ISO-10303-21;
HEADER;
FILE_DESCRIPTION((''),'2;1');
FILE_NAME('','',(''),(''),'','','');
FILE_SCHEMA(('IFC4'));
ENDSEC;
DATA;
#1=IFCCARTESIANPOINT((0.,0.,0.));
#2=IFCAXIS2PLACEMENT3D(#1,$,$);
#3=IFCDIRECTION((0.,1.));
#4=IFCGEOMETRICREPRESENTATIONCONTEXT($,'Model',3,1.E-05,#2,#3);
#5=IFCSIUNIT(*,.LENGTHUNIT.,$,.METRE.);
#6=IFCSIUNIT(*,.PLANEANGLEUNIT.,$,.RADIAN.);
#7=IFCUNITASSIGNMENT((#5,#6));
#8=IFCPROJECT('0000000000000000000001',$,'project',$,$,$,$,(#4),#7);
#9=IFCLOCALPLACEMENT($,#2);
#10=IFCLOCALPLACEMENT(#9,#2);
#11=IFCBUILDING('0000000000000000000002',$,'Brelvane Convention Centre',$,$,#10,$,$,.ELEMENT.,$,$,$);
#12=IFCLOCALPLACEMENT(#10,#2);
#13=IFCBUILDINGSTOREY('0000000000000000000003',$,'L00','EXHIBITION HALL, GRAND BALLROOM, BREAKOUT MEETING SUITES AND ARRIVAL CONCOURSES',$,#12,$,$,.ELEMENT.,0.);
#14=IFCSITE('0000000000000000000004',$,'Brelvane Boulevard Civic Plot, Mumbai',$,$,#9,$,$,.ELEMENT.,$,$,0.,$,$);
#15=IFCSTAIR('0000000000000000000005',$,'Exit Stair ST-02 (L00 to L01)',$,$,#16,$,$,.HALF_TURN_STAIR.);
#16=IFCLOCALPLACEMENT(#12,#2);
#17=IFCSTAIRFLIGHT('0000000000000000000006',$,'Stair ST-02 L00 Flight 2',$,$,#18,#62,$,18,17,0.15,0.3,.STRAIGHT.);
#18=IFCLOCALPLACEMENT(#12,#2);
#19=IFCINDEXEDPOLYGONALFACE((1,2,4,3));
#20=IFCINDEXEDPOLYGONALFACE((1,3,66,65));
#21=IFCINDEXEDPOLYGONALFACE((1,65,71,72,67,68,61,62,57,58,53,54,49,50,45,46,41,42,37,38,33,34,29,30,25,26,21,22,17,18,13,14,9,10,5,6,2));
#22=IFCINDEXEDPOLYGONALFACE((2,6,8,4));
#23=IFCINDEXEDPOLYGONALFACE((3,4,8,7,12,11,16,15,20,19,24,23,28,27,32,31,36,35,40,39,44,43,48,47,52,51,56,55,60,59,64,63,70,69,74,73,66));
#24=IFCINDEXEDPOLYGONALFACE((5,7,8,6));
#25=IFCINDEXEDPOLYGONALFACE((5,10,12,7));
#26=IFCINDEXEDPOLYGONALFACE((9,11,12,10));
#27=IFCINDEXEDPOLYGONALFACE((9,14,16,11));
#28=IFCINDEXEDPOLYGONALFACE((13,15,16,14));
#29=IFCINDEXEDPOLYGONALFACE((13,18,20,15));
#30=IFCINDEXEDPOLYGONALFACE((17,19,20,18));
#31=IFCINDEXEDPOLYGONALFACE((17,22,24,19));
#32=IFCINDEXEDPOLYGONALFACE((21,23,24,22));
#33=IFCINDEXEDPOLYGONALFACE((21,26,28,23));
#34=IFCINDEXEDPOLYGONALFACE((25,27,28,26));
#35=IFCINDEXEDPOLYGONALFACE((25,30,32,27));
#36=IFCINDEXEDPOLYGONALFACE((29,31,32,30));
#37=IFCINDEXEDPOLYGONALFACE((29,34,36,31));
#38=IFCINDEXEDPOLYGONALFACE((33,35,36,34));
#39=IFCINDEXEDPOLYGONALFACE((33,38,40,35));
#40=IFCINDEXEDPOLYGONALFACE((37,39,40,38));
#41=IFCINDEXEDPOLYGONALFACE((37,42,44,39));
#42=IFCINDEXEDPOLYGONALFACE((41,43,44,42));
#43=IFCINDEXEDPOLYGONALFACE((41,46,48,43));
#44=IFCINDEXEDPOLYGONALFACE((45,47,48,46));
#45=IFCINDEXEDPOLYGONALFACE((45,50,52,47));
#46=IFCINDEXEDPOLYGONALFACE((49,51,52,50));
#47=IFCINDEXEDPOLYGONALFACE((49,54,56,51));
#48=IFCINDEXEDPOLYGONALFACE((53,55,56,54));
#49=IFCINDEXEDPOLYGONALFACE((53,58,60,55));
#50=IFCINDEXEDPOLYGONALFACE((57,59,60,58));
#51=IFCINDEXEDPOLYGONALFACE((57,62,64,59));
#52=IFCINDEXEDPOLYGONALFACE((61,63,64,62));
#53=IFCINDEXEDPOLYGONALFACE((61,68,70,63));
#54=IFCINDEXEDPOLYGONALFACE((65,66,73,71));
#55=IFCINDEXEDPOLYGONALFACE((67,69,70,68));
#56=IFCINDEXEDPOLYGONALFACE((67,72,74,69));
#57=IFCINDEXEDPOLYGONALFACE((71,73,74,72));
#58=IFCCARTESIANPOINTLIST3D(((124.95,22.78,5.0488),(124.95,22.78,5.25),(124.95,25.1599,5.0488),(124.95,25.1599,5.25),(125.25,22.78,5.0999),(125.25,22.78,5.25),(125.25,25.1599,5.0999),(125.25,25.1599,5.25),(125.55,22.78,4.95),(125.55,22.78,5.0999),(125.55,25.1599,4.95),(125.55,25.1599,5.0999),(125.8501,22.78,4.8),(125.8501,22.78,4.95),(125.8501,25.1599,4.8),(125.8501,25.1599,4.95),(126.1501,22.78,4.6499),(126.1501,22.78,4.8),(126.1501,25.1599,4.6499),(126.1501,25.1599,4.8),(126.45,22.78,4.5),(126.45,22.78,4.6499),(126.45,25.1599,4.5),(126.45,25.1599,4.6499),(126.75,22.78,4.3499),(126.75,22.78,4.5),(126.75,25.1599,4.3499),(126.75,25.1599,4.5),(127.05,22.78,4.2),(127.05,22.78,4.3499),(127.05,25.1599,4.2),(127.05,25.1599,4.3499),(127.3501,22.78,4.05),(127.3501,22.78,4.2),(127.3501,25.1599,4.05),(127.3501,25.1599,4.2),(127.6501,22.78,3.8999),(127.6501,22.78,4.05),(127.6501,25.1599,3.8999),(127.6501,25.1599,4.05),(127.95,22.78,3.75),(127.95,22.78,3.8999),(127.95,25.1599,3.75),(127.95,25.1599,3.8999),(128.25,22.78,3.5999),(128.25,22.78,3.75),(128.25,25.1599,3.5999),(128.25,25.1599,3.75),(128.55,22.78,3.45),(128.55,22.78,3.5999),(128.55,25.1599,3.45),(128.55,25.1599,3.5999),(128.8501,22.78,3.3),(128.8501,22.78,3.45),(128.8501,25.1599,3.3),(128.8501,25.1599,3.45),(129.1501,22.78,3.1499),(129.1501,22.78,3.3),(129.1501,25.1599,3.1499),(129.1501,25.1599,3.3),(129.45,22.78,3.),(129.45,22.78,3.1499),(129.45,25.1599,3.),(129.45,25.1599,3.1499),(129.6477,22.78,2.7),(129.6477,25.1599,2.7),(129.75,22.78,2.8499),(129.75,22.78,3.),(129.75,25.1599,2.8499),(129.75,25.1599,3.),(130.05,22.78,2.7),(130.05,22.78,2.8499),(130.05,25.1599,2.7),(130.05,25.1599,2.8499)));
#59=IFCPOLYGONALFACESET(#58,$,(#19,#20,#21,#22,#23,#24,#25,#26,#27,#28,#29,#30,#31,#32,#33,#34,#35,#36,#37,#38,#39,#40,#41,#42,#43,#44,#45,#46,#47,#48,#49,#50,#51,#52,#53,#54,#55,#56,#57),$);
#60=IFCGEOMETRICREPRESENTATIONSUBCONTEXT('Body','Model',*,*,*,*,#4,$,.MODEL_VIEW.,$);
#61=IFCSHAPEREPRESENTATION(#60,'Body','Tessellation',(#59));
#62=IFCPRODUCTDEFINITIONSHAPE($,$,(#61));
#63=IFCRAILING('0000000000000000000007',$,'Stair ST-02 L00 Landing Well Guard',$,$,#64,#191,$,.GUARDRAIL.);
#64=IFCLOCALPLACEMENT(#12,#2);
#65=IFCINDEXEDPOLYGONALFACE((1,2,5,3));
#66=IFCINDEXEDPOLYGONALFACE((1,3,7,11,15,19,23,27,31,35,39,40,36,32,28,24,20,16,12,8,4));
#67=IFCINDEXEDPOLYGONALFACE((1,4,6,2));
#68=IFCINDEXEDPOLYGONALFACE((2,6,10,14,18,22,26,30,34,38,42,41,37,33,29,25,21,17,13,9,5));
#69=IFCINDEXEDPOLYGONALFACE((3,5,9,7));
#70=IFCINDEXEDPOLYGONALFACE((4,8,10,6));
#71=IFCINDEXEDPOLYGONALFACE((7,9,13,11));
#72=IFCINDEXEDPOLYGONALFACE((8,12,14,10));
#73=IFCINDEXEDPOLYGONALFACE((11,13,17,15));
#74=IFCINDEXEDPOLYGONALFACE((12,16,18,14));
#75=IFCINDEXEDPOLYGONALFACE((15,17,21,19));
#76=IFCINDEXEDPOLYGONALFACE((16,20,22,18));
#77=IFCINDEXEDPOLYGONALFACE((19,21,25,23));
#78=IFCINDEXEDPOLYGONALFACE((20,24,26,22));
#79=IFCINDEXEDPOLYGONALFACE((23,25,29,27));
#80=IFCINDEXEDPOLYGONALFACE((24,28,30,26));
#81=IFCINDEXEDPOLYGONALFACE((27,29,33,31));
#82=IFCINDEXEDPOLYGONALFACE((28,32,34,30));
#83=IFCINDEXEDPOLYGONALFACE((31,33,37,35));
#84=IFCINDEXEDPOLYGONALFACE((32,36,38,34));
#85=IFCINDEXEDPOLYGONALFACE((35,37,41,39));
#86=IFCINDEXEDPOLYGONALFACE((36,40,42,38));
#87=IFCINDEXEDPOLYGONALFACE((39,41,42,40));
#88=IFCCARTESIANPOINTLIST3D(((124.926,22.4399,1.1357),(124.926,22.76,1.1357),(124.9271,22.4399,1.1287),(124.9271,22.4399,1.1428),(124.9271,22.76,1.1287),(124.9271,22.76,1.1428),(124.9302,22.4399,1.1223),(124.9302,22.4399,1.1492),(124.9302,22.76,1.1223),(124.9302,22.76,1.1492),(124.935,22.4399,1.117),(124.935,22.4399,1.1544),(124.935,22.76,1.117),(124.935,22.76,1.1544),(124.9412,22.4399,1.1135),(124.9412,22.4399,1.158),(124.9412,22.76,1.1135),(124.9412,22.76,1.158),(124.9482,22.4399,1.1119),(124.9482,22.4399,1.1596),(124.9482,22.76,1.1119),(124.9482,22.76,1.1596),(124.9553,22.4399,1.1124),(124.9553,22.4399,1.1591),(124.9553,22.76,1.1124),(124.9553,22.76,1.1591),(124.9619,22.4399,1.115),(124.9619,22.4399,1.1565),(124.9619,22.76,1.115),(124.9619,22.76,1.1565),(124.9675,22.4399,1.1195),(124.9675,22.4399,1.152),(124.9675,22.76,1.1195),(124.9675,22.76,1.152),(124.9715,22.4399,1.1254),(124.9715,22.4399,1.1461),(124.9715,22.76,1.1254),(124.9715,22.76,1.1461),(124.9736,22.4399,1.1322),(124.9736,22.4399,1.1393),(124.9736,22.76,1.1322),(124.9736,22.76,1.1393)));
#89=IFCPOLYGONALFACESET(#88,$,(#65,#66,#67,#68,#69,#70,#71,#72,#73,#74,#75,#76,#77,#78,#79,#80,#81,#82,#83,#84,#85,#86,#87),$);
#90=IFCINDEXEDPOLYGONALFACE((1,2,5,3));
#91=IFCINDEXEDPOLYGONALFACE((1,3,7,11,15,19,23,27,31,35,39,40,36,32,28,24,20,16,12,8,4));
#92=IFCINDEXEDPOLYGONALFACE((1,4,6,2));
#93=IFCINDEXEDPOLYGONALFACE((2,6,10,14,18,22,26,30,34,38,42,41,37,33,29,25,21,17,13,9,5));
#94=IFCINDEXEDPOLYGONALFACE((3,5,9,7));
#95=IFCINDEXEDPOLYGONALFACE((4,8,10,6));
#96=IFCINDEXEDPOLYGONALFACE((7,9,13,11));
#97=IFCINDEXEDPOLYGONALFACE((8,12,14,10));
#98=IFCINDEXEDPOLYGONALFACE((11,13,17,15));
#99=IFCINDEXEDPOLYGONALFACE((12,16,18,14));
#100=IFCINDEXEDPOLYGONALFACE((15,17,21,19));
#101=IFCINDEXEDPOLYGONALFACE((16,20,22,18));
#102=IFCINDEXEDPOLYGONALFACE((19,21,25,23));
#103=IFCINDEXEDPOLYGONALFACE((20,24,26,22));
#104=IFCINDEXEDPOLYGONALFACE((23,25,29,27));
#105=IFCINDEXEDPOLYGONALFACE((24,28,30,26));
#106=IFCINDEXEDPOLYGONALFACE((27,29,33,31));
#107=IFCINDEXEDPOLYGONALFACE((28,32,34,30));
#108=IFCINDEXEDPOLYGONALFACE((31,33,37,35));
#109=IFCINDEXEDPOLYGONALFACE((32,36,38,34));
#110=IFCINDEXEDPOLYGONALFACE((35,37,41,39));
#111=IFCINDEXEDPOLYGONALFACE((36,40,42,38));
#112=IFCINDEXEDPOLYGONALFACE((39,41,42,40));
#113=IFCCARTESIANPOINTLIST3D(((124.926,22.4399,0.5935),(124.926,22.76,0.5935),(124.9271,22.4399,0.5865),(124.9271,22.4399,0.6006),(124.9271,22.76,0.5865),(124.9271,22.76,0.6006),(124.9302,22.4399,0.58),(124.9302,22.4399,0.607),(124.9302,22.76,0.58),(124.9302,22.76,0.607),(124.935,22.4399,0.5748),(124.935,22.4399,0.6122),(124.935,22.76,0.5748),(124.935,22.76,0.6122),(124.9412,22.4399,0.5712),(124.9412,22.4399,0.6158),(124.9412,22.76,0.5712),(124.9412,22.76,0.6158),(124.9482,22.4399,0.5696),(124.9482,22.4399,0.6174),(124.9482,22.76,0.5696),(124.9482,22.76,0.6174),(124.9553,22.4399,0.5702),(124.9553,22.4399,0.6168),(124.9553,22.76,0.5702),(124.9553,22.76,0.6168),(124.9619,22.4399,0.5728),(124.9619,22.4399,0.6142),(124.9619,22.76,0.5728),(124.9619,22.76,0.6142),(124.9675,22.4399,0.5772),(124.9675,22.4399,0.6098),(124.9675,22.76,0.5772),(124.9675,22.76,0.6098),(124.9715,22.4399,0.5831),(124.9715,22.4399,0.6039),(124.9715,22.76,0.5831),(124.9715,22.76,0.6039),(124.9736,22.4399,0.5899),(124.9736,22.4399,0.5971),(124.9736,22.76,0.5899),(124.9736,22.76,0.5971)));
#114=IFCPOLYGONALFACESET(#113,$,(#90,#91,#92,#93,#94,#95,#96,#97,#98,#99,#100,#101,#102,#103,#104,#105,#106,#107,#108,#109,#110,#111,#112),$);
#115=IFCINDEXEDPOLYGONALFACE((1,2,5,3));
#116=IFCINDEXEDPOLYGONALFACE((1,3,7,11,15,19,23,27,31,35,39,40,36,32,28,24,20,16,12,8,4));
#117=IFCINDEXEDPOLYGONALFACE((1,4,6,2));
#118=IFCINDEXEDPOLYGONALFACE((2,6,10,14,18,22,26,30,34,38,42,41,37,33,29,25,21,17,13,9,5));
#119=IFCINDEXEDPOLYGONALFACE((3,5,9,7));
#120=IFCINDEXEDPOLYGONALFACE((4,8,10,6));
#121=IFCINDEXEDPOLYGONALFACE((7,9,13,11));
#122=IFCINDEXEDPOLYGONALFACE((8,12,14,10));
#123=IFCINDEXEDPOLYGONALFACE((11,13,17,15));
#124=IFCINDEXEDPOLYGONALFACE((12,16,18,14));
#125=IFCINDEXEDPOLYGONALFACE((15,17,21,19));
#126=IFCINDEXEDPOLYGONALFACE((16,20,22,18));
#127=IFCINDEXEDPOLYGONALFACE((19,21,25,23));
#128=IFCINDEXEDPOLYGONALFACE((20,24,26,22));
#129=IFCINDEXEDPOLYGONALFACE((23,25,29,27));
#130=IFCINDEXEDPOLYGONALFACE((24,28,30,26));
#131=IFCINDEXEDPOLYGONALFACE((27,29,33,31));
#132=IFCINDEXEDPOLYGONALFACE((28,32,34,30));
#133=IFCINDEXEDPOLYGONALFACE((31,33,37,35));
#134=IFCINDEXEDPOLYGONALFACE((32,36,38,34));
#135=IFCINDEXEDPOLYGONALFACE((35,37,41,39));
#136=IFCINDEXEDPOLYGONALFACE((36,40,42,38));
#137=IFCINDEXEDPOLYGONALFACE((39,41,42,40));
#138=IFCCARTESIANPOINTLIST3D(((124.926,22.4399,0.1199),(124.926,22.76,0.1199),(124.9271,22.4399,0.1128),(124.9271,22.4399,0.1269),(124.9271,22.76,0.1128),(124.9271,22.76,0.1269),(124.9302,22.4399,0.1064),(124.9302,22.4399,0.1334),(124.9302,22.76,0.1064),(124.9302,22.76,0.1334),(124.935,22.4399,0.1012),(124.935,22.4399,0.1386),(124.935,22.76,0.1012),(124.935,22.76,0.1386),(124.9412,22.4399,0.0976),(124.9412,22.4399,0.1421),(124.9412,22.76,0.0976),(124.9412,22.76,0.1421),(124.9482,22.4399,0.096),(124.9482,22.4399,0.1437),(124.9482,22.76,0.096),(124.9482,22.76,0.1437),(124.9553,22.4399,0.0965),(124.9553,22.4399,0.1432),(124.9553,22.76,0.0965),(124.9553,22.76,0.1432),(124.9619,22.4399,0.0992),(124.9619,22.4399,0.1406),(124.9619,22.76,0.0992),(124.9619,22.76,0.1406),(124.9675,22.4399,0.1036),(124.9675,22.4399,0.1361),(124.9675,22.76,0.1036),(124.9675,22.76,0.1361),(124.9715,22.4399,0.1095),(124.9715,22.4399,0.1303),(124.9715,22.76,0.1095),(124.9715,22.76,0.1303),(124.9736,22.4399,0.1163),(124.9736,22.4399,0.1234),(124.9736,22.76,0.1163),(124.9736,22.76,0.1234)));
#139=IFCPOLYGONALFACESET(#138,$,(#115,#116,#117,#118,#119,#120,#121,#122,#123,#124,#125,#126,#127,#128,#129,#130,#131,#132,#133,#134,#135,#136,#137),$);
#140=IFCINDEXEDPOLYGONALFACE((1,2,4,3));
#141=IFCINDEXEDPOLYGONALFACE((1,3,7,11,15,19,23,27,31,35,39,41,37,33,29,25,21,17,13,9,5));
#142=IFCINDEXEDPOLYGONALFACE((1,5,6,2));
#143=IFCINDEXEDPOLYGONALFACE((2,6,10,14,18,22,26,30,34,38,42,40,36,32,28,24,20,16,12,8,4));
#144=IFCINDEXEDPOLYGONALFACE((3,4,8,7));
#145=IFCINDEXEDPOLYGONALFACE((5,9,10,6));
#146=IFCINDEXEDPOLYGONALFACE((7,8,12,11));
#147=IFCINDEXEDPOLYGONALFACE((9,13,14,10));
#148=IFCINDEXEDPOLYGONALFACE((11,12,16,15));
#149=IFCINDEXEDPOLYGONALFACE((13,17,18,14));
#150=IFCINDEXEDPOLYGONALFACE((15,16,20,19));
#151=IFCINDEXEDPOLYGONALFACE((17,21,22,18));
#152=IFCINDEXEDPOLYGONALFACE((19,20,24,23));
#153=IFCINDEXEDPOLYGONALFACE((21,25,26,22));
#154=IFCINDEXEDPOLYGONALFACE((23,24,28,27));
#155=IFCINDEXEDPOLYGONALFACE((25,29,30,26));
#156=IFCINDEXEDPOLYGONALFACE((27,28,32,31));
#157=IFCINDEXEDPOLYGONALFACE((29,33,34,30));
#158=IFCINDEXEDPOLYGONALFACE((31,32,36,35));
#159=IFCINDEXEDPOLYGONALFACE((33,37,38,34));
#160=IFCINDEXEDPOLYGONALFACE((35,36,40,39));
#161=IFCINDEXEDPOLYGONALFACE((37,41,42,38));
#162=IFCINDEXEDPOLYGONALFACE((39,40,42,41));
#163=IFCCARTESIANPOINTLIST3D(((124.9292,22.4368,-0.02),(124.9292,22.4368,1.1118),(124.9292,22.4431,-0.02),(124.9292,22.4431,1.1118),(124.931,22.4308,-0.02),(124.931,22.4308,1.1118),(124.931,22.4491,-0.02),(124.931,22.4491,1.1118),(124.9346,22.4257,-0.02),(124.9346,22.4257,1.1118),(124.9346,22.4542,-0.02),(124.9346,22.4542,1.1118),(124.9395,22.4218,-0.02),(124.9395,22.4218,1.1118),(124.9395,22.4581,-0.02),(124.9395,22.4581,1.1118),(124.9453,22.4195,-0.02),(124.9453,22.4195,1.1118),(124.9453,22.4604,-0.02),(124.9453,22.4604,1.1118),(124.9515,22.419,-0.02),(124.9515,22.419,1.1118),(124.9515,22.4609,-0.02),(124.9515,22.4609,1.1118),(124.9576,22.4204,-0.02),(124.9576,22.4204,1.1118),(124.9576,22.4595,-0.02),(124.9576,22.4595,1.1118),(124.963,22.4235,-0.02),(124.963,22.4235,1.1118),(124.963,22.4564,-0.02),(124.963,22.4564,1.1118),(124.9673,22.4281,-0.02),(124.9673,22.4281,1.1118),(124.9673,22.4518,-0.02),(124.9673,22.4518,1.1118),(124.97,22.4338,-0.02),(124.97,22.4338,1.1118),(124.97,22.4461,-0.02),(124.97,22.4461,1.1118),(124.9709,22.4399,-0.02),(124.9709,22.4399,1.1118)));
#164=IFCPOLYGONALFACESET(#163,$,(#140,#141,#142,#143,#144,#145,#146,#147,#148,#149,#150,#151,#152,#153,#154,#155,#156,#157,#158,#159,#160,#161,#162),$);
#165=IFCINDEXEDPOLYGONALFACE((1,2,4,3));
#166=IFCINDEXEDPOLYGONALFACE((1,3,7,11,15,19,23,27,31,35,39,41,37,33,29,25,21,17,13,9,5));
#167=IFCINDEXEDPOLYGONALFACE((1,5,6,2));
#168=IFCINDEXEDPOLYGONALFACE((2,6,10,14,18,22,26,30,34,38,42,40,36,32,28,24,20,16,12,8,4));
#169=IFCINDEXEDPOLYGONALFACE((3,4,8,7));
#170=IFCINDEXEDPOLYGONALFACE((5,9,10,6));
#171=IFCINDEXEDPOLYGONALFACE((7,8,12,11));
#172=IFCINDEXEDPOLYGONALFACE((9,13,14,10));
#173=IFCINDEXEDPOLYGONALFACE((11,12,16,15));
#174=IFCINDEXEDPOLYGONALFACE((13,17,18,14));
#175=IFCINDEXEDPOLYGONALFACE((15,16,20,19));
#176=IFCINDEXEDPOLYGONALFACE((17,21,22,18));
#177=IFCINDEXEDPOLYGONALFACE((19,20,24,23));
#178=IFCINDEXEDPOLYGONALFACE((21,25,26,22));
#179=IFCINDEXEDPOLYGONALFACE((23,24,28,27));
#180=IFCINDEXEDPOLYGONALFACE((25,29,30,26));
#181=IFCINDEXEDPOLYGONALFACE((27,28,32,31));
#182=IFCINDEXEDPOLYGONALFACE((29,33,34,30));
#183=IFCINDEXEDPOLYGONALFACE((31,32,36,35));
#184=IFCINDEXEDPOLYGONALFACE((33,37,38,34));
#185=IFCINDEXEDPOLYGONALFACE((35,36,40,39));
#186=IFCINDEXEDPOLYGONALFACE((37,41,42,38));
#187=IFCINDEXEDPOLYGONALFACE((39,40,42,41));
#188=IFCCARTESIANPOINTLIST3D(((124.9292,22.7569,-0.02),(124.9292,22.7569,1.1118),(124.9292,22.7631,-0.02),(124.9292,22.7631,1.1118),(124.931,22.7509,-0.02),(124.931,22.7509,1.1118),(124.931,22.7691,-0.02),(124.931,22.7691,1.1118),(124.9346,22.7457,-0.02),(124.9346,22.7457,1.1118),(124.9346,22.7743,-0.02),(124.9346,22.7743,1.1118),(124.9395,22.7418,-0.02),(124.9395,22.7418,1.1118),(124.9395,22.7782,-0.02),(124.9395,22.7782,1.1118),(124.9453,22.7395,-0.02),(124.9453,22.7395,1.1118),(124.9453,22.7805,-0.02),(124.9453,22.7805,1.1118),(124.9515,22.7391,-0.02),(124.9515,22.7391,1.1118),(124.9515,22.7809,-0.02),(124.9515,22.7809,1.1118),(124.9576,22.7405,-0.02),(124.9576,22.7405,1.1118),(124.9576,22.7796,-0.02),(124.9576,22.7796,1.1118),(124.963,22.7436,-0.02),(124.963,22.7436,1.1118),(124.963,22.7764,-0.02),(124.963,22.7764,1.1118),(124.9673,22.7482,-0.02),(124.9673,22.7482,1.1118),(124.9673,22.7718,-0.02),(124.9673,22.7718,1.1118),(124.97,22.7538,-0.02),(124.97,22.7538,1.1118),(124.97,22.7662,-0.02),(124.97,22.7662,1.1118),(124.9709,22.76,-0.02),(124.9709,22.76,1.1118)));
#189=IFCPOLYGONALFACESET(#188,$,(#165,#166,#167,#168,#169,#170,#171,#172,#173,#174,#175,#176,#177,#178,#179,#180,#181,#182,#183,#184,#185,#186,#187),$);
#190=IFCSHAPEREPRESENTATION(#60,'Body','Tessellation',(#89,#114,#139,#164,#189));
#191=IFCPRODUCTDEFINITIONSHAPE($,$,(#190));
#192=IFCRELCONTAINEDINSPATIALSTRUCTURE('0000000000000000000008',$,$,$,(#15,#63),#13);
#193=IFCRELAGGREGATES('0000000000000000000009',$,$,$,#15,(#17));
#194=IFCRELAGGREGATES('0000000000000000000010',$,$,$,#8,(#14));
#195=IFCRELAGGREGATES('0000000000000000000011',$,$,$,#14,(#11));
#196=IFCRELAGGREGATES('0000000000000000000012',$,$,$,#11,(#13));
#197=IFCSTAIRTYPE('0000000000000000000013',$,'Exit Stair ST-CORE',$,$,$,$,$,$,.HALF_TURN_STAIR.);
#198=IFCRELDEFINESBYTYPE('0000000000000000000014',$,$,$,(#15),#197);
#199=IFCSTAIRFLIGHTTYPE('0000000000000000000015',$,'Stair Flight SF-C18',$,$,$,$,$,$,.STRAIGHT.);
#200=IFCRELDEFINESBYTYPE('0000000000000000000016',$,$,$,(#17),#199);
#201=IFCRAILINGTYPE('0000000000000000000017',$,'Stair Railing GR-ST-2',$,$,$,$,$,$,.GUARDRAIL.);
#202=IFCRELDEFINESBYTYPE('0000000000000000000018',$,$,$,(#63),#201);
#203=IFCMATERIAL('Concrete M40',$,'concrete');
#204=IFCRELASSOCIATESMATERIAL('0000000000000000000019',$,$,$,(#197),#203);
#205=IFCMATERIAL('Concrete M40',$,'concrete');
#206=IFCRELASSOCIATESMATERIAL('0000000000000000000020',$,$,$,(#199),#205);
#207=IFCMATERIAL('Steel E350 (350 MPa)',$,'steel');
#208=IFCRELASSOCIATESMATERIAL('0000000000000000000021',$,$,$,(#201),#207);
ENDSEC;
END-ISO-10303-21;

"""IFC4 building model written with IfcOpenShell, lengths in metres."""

from ifc_helpers import new_model, si_unit, direction, frame, origin, origin_2d, place, context, subcontext, project, spatial, polyline, circle, outline, extrude, material, type_object, element, aggregate, save


model = new_model("IFC4")

# Units and contexts
model_context = context("Model", 3, precision=1e-05, world=origin(), true_north=direction((0.0, 1.0)))
body_context = subcontext(model_context, "Body", "Model", "MODEL_VIEW")
ifc_project = project(units=[si_unit("LENGTHUNIT", "METRE"), si_unit("PLANEANGLEUNIT", "RADIAN")], contexts=[model_context])

# Site, building, storey
site_placement = place(None, origin())
site = spatial("IfcSite", under=ifc_project, at=site_placement, Name="Brelvane Boulevard Civic Plot, Mumbai", CompositionType="ELEMENT", RefElevation=0.0)
building_placement = place(site_placement, origin())
building = spatial("IfcBuilding", under=site, at=building_placement, Name="Brelvane Convention Centre", CompositionType="ELEMENT")
storey_placement = place(building_placement, origin())
storey = spatial("IfcBuildingStorey", under=building, at=storey_placement, Name="L00", Description="EXHIBITION HALL, GRAND BALLROOM, BREAKOUT MEETING SUITES AND ARRIVAL CONCOURSES", CompositionType="ELEMENT", Elevation=0.0)

# Stair, stair flight
ifc_material_1 = material(Name="Concrete M40", Category="concrete")
stair_type = type_object("IfcStairType", Name="Exit Stair ST-CORE", PredefinedType="HALF_TURN_STAIR", material=ifc_material_1)
stair_placement = place(storey_placement, origin())
stair = element("IfcStair", 1, at=stair_placement, inside=storey, type_object=stair_type, Name="Exit Stair ST-02 (L00 to L01)", PredefinedType="HALF_TURN_STAIR")
ifc_material_2 = material(Name="Concrete M40", Category="concrete")
stair_flight_type = type_object("IfcStairFlightType", Name="Stair Flight SF-C18", PredefinedType="STRAIGHT", material=ifc_material_2)
stair_flight_1_placement = place(storey_placement, frame((130.05, 23.97, 2.7), z_axis=(0.0, 0.0, 1.0), x_axis=(-1.0, 0.0, 0.0)))
stair_flight_1 = element("IfcStairFlight", 2, at=stair_flight_1_placement, type_object=stair_flight_type, Name="Stair ST-02 L00 Flight 2", NumberOfRisers=18, NumberOfTreads=17, PredefinedType="STRAIGHT", RiserHeight=0.15, TreadLength=0.3, context=body_context, shape_type="SweptSolid", body=[
    extrude(outline(polyline([(0.0, 0.0), (0.0, 0.1499), (0.3, 0.1499), (0.3, 0.3), (0.6001, 0.3), (0.6001, 0.45), (0.8999, 0.45), (0.8999, 0.6001), (1.2, 0.6001), (1.2, 0.75), (1.5, 0.75), (1.5, 0.8999), (1.8, 0.8999), (1.8, 1.05), (2.1001, 1.05), (2.1001, 1.2), (2.3999, 1.2), (2.3999, 1.3501), (2.7, 1.3501), (2.7, 1.5), (3.0, 1.5), (3.0, 1.6499), (3.3, 1.6499), (3.3, 1.8), (3.6001, 1.8), (3.6001, 1.95), (3.8999, 1.95), (3.8999, 2.1001), (4.2, 2.1001), (4.2, 2.25), (4.5, 2.25), (4.5, 2.3999), (4.8, 2.3999), (4.8, 2.55), (5.1001, 2.55), (5.1001, 2.7), (5.1001, 2.3489), (0.4023, 0.0), (0.0, 0.0)])), frame((0.0, 1.1899, 0.0), z_axis=(0.0, -1.0, 0.0), x_axis=(1.0, 0.0, 0.0)), (0.0, 0.0, 1.0), 2.3799),
])
aggregate(stair, [stair_flight_1])

# Railing
ifc_material_3 = material(Name="Steel E350 (350 MPa)", Category="steel")
railing_type_1 = type_object("IfcRailingType", Name="Stair Railing GR-ST-2", PredefinedType="GUARDRAIL", material=ifc_material_3)
railing_1_placement = place(storey_placement, frame((124.95, 22.4399, -0.02)))
element("IfcRailing", 3, at=railing_1_placement, inside=storey, type_object=railing_type_1, Name="Stair ST-02 L00 Landing Well Guard", PredefinedType="GUARDRAIL", context=body_context, shape_type="SweptSolid", body=[
    extrude(circle(Radius=0.0239, at=origin_2d()), frame((0.0, 0.0, 1.1558), z_axis=(0.0, 1.0, 0.0), x_axis=(-1.0, 0.0, 0.0)), (0.0, 0.0, 1.0), 0.3201),
    extrude(circle(Radius=0.0239, at=origin_2d()), frame((0.0, 0.0, 0.6135), z_axis=(0.0, 1.0, 0.0), x_axis=(-1.0, 0.0, 0.0)), (0.0, 0.0, 1.0), 0.3201),
    extrude(circle(Radius=0.0239, at=origin_2d()), frame((0.0, 0.0, 0.1399), z_axis=(0.0, 1.0, 0.0), x_axis=(-1.0, 0.0, 0.0)), (0.0, 0.0, 1.0), 0.3201),
    extrude(circle(Radius=0.021, at=origin_2d()), origin(), (0.0, 0.0, 1.0), 1.1318),
    extrude(circle(Radius=0.021, at=origin_2d()), frame((0.0, 0.3201, 0.0)), (0.0, 0.0, 1.0), 1.1318),
])

save(model, "model.ifc")
